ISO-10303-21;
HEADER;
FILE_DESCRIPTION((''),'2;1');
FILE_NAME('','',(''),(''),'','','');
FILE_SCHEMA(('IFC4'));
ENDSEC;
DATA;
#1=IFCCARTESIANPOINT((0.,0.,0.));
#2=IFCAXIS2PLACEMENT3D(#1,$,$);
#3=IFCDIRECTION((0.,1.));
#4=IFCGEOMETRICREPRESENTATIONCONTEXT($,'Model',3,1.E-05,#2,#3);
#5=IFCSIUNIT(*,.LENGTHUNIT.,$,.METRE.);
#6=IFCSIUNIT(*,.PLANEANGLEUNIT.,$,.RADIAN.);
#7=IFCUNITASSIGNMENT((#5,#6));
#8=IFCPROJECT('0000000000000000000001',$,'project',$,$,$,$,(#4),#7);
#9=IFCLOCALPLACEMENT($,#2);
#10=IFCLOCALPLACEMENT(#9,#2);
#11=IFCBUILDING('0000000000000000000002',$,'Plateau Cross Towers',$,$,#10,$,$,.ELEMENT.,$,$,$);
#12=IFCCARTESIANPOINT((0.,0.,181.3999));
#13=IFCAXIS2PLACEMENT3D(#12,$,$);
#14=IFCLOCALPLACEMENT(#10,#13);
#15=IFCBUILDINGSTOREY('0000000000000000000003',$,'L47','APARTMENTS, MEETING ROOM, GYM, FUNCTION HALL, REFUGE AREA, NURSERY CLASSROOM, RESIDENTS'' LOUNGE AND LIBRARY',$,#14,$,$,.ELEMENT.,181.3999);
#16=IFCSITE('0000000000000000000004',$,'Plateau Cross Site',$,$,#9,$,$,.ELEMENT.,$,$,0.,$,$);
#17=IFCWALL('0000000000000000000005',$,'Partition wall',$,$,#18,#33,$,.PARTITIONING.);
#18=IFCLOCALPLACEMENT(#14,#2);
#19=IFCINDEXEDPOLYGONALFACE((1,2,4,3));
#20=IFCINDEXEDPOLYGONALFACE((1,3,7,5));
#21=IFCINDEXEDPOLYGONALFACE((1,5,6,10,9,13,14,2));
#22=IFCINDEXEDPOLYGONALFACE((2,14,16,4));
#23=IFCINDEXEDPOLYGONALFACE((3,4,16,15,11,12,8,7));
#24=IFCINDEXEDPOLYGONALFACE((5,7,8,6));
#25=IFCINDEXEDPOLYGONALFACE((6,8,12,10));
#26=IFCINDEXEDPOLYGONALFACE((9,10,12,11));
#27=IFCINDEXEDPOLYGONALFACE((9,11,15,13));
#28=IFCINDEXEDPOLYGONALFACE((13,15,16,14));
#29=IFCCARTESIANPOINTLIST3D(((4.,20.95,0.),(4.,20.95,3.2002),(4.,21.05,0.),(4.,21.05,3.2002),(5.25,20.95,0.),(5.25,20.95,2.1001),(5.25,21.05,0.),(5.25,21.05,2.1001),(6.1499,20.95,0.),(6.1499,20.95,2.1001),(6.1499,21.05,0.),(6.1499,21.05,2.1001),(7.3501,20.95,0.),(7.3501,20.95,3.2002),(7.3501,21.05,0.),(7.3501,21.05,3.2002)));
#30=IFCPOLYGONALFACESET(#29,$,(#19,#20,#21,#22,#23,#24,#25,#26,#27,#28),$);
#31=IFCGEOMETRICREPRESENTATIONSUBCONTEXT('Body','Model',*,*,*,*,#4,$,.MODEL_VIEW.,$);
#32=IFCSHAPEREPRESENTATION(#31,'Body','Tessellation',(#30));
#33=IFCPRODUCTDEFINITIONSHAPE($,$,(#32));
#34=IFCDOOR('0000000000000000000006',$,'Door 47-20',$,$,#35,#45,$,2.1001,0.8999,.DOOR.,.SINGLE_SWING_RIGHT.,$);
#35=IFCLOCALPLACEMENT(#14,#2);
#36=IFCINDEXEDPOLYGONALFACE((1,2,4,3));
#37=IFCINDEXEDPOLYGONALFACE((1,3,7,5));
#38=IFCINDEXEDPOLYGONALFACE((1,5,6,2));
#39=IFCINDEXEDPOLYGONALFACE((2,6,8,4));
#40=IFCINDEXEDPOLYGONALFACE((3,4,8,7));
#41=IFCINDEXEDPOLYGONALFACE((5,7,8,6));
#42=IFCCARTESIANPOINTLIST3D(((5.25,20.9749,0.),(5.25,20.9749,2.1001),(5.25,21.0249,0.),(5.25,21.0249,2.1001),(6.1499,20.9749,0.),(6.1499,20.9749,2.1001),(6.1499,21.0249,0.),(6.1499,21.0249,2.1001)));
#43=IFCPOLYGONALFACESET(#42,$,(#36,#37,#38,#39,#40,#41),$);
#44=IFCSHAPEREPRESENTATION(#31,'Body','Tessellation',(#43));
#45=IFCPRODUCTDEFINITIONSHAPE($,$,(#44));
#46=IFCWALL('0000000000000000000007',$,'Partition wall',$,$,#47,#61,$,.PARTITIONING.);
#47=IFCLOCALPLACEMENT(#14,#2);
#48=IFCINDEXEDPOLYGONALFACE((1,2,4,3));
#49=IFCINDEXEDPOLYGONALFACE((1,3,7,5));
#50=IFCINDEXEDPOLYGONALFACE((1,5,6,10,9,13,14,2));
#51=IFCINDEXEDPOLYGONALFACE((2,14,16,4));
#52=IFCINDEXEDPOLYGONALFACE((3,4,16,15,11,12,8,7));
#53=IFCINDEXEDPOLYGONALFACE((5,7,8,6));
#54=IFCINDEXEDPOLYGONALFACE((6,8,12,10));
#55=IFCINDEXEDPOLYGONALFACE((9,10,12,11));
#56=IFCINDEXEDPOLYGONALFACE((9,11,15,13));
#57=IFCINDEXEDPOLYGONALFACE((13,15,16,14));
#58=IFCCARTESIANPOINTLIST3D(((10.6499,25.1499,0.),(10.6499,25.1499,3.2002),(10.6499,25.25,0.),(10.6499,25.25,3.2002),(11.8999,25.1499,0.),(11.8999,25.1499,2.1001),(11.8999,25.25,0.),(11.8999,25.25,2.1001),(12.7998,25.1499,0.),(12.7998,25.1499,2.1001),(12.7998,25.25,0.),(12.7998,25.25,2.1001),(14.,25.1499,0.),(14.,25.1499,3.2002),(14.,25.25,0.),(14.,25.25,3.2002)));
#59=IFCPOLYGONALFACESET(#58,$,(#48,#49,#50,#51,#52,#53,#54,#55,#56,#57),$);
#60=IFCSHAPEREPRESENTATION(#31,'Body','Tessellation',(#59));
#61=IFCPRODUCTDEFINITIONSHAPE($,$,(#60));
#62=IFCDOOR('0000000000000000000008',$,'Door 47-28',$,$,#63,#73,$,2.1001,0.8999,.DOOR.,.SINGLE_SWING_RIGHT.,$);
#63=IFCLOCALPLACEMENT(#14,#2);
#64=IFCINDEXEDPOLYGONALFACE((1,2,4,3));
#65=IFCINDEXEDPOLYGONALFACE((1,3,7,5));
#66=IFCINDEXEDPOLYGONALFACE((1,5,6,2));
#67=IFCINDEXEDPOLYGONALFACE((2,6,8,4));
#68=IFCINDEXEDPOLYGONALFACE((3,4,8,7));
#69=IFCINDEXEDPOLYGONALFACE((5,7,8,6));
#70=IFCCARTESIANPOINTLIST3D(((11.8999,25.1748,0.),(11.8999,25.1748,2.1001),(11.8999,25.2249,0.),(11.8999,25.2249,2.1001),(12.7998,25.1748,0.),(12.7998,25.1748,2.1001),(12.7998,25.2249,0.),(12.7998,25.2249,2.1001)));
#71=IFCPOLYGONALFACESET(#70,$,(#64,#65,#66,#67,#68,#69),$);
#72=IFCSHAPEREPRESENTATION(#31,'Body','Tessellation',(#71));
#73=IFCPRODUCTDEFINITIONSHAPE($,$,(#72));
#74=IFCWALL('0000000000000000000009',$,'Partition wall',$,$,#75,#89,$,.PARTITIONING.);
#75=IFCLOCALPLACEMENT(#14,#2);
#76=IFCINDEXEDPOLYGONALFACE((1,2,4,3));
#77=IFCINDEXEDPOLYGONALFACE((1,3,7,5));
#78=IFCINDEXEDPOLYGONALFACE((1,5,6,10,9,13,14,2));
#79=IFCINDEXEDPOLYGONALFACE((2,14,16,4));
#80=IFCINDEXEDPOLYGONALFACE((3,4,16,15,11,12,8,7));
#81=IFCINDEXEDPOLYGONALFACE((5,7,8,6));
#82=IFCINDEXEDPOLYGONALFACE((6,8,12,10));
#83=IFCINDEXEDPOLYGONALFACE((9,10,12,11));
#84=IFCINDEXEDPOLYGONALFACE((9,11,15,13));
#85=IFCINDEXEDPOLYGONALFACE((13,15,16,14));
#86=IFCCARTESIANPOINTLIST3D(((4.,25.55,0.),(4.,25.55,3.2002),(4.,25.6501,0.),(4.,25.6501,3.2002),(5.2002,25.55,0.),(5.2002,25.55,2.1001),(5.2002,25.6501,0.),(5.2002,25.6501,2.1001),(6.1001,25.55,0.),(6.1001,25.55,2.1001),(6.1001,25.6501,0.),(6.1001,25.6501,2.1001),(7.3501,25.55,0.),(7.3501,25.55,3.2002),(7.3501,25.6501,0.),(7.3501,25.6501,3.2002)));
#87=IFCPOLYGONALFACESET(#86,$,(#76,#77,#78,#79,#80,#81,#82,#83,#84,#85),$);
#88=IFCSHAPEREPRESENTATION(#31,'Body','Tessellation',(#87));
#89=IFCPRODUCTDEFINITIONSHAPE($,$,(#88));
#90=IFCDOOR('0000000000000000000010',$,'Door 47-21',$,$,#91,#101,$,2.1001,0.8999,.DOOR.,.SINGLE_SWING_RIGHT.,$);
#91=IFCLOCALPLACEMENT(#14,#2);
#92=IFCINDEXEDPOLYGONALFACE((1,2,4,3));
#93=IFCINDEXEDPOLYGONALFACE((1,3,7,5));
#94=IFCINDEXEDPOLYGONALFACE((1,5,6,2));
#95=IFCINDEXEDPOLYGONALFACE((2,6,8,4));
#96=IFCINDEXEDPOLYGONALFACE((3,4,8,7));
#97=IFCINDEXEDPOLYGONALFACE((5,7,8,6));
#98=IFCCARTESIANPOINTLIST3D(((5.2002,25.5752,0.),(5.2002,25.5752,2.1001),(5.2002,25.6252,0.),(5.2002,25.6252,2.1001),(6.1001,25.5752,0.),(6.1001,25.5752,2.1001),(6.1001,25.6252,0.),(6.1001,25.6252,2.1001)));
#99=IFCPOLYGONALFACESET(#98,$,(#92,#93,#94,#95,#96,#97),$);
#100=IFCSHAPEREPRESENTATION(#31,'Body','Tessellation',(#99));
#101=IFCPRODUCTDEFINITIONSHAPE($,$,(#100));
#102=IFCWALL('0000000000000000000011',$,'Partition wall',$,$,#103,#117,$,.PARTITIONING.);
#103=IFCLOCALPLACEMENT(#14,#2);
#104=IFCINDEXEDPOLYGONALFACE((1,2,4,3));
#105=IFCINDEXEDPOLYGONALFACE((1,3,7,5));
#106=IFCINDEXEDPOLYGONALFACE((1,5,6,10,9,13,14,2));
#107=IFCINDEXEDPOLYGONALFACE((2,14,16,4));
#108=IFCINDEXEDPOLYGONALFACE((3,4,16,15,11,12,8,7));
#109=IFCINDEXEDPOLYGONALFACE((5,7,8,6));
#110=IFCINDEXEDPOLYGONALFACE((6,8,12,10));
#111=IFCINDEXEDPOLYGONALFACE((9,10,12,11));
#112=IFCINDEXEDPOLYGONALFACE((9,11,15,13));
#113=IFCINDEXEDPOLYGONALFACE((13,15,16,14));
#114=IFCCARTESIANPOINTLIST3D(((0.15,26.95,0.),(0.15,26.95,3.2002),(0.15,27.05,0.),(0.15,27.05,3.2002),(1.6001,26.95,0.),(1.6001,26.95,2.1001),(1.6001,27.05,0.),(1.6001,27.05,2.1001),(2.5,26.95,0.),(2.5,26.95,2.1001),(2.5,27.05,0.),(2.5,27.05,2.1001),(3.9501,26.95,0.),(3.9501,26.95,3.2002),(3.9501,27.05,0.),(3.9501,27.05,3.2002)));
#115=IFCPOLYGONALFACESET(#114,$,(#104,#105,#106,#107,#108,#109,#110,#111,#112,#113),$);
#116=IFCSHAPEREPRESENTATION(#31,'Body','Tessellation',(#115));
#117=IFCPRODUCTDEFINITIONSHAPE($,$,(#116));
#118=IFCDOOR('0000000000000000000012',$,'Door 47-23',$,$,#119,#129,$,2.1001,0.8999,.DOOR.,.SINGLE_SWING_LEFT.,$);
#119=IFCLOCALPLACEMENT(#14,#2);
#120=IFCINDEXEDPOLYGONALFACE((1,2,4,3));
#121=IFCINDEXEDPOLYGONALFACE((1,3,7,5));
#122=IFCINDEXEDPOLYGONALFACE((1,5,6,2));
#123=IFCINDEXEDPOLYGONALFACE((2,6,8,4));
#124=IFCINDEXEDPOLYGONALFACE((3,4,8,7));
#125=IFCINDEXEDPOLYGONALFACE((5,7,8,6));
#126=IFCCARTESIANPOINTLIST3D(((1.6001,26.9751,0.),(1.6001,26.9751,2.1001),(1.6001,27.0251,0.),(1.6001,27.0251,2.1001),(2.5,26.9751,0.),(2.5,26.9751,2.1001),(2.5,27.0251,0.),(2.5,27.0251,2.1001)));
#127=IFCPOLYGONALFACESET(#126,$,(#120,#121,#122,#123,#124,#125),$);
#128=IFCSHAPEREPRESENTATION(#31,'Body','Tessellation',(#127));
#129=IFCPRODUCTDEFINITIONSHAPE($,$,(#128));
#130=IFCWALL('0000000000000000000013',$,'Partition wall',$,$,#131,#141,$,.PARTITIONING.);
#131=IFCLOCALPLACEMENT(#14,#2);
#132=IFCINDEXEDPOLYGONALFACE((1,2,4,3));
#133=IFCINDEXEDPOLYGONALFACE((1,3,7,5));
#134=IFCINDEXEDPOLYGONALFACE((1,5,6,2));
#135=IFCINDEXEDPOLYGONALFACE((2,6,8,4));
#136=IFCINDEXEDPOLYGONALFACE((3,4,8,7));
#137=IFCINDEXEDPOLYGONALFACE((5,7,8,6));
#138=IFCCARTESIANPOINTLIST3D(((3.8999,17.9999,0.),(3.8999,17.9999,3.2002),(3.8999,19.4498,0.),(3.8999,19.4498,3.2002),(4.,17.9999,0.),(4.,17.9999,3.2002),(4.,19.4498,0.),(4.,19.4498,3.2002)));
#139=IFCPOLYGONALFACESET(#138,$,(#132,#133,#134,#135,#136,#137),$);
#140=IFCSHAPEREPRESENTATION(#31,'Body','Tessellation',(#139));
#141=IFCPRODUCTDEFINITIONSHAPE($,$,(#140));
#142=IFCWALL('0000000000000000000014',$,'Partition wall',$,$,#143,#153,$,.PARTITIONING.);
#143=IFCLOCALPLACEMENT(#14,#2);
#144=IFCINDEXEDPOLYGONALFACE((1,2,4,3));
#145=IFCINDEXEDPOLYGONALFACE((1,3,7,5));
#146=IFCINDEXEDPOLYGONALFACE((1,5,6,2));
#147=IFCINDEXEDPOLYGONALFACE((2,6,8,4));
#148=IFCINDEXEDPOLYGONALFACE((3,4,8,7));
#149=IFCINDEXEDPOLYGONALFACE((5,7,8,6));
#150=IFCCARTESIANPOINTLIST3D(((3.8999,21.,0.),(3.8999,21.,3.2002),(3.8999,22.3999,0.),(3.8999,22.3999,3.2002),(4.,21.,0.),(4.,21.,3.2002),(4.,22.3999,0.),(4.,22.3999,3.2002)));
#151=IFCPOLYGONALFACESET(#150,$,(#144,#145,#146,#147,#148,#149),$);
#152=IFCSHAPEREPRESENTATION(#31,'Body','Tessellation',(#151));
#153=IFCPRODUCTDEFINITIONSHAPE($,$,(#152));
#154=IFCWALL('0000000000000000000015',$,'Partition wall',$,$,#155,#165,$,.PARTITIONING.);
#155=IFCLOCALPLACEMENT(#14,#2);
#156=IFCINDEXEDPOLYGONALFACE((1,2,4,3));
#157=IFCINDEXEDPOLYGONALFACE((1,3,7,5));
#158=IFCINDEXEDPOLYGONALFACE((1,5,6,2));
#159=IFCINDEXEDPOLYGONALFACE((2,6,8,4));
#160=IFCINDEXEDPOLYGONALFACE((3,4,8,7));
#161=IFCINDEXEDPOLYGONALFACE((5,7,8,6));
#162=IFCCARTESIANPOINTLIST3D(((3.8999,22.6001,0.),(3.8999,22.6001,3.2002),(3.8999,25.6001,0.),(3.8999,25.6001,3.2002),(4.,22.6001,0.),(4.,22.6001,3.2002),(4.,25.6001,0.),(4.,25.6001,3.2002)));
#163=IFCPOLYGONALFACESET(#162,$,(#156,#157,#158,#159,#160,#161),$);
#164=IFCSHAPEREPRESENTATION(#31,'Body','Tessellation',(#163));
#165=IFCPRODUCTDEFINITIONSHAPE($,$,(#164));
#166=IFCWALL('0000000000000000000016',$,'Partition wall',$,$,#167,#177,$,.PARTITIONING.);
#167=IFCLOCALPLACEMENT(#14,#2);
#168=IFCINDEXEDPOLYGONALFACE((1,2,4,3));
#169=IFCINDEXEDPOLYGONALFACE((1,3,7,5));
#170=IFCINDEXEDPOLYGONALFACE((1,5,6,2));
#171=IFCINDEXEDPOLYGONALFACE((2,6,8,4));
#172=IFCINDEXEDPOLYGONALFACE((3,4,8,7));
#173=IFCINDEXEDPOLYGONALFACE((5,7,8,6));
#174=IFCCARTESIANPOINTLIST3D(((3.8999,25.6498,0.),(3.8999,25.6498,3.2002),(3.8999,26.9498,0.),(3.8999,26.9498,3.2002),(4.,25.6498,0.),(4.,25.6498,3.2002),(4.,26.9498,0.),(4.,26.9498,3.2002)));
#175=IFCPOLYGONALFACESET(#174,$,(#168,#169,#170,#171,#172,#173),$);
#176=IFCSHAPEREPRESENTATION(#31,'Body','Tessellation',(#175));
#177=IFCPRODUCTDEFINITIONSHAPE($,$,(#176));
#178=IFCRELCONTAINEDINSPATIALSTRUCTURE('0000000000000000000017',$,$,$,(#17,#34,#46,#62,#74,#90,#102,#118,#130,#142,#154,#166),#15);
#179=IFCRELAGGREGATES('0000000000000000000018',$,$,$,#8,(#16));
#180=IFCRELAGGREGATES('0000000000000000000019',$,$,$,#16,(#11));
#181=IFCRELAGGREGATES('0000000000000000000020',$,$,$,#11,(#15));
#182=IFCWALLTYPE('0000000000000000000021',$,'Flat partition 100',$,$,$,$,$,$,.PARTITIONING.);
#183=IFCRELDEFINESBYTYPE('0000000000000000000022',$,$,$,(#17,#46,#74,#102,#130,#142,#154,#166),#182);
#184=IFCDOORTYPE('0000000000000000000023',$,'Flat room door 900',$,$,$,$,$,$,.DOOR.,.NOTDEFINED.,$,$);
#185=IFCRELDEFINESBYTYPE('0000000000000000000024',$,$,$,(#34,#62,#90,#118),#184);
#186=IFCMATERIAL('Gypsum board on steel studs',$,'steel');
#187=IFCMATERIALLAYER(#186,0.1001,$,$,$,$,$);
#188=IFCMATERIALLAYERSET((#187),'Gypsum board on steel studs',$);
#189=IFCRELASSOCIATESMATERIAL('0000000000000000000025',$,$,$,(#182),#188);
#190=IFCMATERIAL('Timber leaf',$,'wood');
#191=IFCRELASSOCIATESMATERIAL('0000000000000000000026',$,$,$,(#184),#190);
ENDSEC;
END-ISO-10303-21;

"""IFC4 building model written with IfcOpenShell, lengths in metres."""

from ifc_helpers import new_model, si_unit, direction, frame, frame_2d, origin, place, context, subcontext, project, spatial, rectangle, extrude, material, layer, layer_set, type_object, element, fill, save


model = new_model("IFC4")

# Units and contexts
model_context = context("Model", 3, precision=1e-05, world=origin(), true_north=direction((0.0, 1.0)))
body_context = subcontext(model_context, "Body", "Model", "MODEL_VIEW")
ifc_project = project(units=[si_unit("LENGTHUNIT", "METRE"), si_unit("PLANEANGLEUNIT", "RADIAN")], contexts=[model_context])

# Site, building, storey
site_placement = place(None, origin())
site = spatial("IfcSite", under=ifc_project, at=site_placement, Name="Plateau Cross Site", CompositionType="ELEMENT", RefElevation=0.0)
building_placement = place(site_placement, origin())
building = spatial("IfcBuilding", under=site, at=building_placement, Name="Plateau Cross Towers", CompositionType="ELEMENT")
storey_placement = place(building_placement, frame((0.0, 0.0, 181.3999)))
storey = spatial("IfcBuildingStorey", under=building, at=storey_placement, Name="L47", Description="APARTMENTS, MEETING ROOM, GYM, FUNCTION HALL, REFUGE AREA, NURSERY CLASSROOM, RESIDENTS' LOUNGE AND LIBRARY", CompositionType="ELEMENT", Elevation=181.3999)

# Walls, openings, doors
ifc_material_1 = material(Name="Gypsum board on steel studs", Category="steel")
ifc_layer_1 = layer(ifc_material_1, 0.1001)
ifc_layer_set_1 = layer_set([ifc_layer_1], Name="Gypsum board on steel studs")
wall_type_1 = type_object("IfcWallType", Name="Flat partition 100", PredefinedType="PARTITIONING", material=ifc_layer_set_1)
ifc_material_2 = material(Name="Timber leaf", Category="wood")
door_type_1 = type_object("IfcDoorType", Name="Flat room door 900", OperationType="NOTDEFINED", PredefinedType="DOOR", material=ifc_material_2)
wall_1_placement = place(storey_placement, frame((4.0, 21.0, 0.0), z_axis=(0.0, 0.0, 1.0), x_axis=(1.0, 0.0, 0.0)))
wall_1 = element("IfcWall", 1, at=wall_1_placement, inside=storey, type_object=wall_type_1, Name="Partition wall", PredefinedType="PARTITIONING", context=body_context, shape_type="SweptSolid", body=[
    extrude(rectangle(XDim=3.3501, YDim=0.1001, at=frame_2d((1.675, 0.0))), origin(), (0.0, 0.0, 1.0), 3.2002),
])
opening_1_placement = place(wall_1_placement, frame((1.25, 0.0, 0.0)))
opening_1 = element("IfcOpeningElement", 2, at=opening_1_placement, cuts=wall_1, PredefinedType="OPENING", context=body_context, shape_type="SweptSolid", body=[
    extrude(rectangle(XDim=0.8999, YDim=2.1001, at=frame_2d((0.45, 1.05))), frame((0.0, 0.0601, 0.0), z_axis=(0.0, -1.0, 0.0), x_axis=(1.0, 0.0, 0.0)), (0.0, 0.0, 1.0), 0.1201),
])
door_1_placement = place(opening_1_placement, origin())
door_1 = element("IfcDoor", 3, at=door_1_placement, inside=storey, type_object=door_type_1, Name="Door 47-20", OperationType="SINGLE_SWING_RIGHT", OverallHeight=2.1001, OverallWidth=0.8999, PredefinedType="DOOR", context=body_context, shape_type="SweptSolid", body=[
    extrude(rectangle(XDim=0.8999, YDim=2.1001, at=frame_2d((0.45, 1.05))), frame((0.0, 0.0249, 0.0), z_axis=(0.0, -1.0, 0.0), x_axis=(1.0, 0.0, 0.0)), (0.0, 0.0, 1.0), 0.05),
])
fill(opening_1, door_1)
wall_2_placement = place(storey_placement, frame((10.6499, 25.2, 0.0), z_axis=(0.0, 0.0, 1.0), x_axis=(1.0, 0.0, 0.0)))
wall_2 = element("IfcWall", 4, at=wall_2_placement, inside=storey, type_object=wall_type_1, Name="Partition wall", PredefinedType="PARTITIONING", context=body_context, shape_type="SweptSolid", body=[
    extrude(rectangle(XDim=3.3501, YDim=0.1001, at=frame_2d((1.675, 0.0))), origin(), (0.0, 0.0, 1.0), 3.2002),
])
opening_2_placement = place(wall_2_placement, frame((1.25, 0.0, 0.0)))
opening_2 = element("IfcOpeningElement", 5, at=opening_2_placement, cuts=wall_2, PredefinedType="OPENING", context=body_context, shape_type="SweptSolid", body=[
    extrude(rectangle(XDim=0.8999, YDim=2.1001, at=frame_2d((0.45, 1.05))), frame((0.0, 0.0601, 0.0), z_axis=(0.0, -1.0, 0.0), x_axis=(1.0, 0.0, 0.0)), (0.0, 0.0, 1.0), 0.1201),
])
door_2_placement = place(opening_2_placement, origin())
door_2 = element("IfcDoor", 6, at=door_2_placement, inside=storey, type_object=door_type_1, Name="Door 47-28", OperationType="SINGLE_SWING_RIGHT", OverallHeight=2.1001, OverallWidth=0.8999, PredefinedType="DOOR", context=body_context, shape_type="SweptSolid", body=[
    extrude(rectangle(XDim=0.8999, YDim=2.1001, at=frame_2d((0.45, 1.05))), frame((0.0, 0.0249, 0.0), z_axis=(0.0, -1.0, 0.0), x_axis=(1.0, 0.0, 0.0)), (0.0, 0.0, 1.0), 0.05),
])
fill(opening_2, door_2)
wall_3_placement = place(storey_placement, frame((7.3501, 25.6001, 0.0), z_axis=(0.0, 0.0, 1.0), x_axis=(-1.0, 0.0, 0.0)))
wall_3 = element("IfcWall", 7, at=wall_3_placement, inside=storey, type_object=wall_type_1, Name="Partition wall", PredefinedType="PARTITIONING", context=body_context, shape_type="SweptSolid", body=[
    extrude(rectangle(XDim=3.3501, YDim=0.1001, at=frame_2d((1.675, 0.0))), origin(), (0.0, 0.0, 1.0), 3.2002),
])
opening_3_placement = place(wall_3_placement, frame((1.25, 0.0, 0.0)))
opening_3 = element("IfcOpeningElement", 8, at=opening_3_placement, cuts=wall_3, PredefinedType="OPENING", context=body_context, shape_type="SweptSolid", body=[
    extrude(rectangle(XDim=0.8999, YDim=2.1001, at=frame_2d((0.45, 1.05))), frame((0.0, 0.0601, 0.0), z_axis=(0.0, -1.0, 0.0), x_axis=(1.0, 0.0, 0.0)), (0.0, 0.0, 1.0), 0.1201),
])
door_3_placement = place(opening_3_placement, origin())
door_3 = element("IfcDoor", 9, at=door_3_placement, inside=storey, type_object=door_type_1, Name="Door 47-21", OperationType="SINGLE_SWING_RIGHT", OverallHeight=2.1001, OverallWidth=0.8999, PredefinedType="DOOR", context=body_context, shape_type="SweptSolid", body=[
    extrude(rectangle(XDim=0.8999, YDim=2.1001, at=frame_2d((0.45, 1.05))), frame((0.0, 0.0249, 0.0), z_axis=(0.0, -1.0, 0.0), x_axis=(1.0, 0.0, 0.0)), (0.0, 0.0, 1.0), 0.05),
])
fill(opening_3, door_3)
wall_4_placement = place(storey_placement, frame((3.95, 27.0, 0.0), z_axis=(0.0, 0.0, 1.0), x_axis=(-1.0, 0.0, 0.0)))
wall_4 = element("IfcWall", 10, at=wall_4_placement, inside=storey, type_object=wall_type_1, Name="Partition wall", PredefinedType="PARTITIONING", context=body_context, shape_type="SweptSolid", body=[
    extrude(rectangle(XDim=3.8, YDim=0.1001, at=frame_2d((1.8999, 0.0))), origin(), (0.0, 0.0, 1.0), 3.2002),
])
opening_4_placement = place(wall_4_placement, frame((1.45, 0.0, 0.0)))
opening_4 = element("IfcOpeningElement", 11, at=opening_4_placement, cuts=wall_4, PredefinedType="OPENING", context=body_context, shape_type="SweptSolid", body=[
    extrude(rectangle(XDim=0.8999, YDim=2.1001, at=frame_2d((0.45, 1.05))), frame((0.0, 0.0601, 0.0), z_axis=(0.0, -1.0, 0.0), x_axis=(1.0, 0.0, 0.0)), (0.0, 0.0, 1.0), 0.1201),
])
door_4_placement = place(opening_4_placement, origin())
door_4 = element("IfcDoor", 12, at=door_4_placement, inside=storey, type_object=door_type_1, Name="Door 47-23", OperationType="SINGLE_SWING_LEFT", OverallHeight=2.1001, OverallWidth=0.8999, PredefinedType="DOOR", context=body_context, shape_type="SweptSolid", body=[
    extrude(rectangle(XDim=0.8999, YDim=2.1001, at=frame_2d((0.45, 1.05))), frame((0.0, 0.0249, 0.0), z_axis=(0.0, -1.0, 0.0), x_axis=(1.0, 0.0, 0.0)), (0.0, 0.0, 1.0), 0.05),
])
fill(opening_4, door_4)

# Walls
wall_5_placement = place(storey_placement, frame((3.95, 19.45, 0.0), z_axis=(0.0, 0.0, 1.0), x_axis=(0.0, -1.0, 0.0)))
element("IfcWall", 13, at=wall_5_placement, inside=storey, type_object=wall_type_1, Name="Partition wall", PredefinedType="PARTITIONING", context=body_context, shape_type="SweptSolid", body=[
    extrude(rectangle(XDim=1.45, YDim=0.1001, at=frame_2d((0.7251, 0.0))), origin(), (0.0, 0.0, 1.0), 3.2002),
])
wall_6_placement = place(storey_placement, frame((3.95, 22.3999, 0.0), z_axis=(0.0, 0.0, 1.0), x_axis=(0.0, -1.0, 0.0)))
element("IfcWall", 14, at=wall_6_placement, inside=storey, type_object=wall_type_1, Name="Partition wall", PredefinedType="PARTITIONING", context=body_context, shape_type="SweptSolid", body=[
    extrude(rectangle(XDim=1.3999, YDim=0.1001, at=frame_2d((0.7, 0.0))), origin(), (0.0, 0.0, 1.0), 3.2002),
])
wall_7_placement = place(storey_placement, frame((3.95, 25.6001, 0.0), z_axis=(0.0, 0.0, 1.0), x_axis=(0.0, -1.0, 0.0)))
element("IfcWall", 15, at=wall_7_placement, inside=storey, type_object=wall_type_1, Name="Partition wall", PredefinedType="PARTITIONING", context=body_context, shape_type="SweptSolid", body=[
    extrude(rectangle(XDim=3.0, YDim=0.1001, at=frame_2d((1.5, 0.0))), origin(), (0.0, 0.0, 1.0), 3.2002),
])
wall_8_placement = place(storey_placement, frame((3.95, 25.6499, 0.0), z_axis=(0.0, 0.0, 1.0), x_axis=(0.0, 1.0, 0.0)))
element("IfcWall", 16, at=wall_8_placement, inside=storey, type_object=wall_type_1, Name="Partition wall", PredefinedType="PARTITIONING", context=body_context, shape_type="SweptSolid", body=[
    extrude(rectangle(XDim=1.3, YDim=0.1001, at=frame_2d((0.6499, 0.0))), origin(), (0.0, 0.0, 1.0), 3.2002),
])

save(model, "model.ifc")
